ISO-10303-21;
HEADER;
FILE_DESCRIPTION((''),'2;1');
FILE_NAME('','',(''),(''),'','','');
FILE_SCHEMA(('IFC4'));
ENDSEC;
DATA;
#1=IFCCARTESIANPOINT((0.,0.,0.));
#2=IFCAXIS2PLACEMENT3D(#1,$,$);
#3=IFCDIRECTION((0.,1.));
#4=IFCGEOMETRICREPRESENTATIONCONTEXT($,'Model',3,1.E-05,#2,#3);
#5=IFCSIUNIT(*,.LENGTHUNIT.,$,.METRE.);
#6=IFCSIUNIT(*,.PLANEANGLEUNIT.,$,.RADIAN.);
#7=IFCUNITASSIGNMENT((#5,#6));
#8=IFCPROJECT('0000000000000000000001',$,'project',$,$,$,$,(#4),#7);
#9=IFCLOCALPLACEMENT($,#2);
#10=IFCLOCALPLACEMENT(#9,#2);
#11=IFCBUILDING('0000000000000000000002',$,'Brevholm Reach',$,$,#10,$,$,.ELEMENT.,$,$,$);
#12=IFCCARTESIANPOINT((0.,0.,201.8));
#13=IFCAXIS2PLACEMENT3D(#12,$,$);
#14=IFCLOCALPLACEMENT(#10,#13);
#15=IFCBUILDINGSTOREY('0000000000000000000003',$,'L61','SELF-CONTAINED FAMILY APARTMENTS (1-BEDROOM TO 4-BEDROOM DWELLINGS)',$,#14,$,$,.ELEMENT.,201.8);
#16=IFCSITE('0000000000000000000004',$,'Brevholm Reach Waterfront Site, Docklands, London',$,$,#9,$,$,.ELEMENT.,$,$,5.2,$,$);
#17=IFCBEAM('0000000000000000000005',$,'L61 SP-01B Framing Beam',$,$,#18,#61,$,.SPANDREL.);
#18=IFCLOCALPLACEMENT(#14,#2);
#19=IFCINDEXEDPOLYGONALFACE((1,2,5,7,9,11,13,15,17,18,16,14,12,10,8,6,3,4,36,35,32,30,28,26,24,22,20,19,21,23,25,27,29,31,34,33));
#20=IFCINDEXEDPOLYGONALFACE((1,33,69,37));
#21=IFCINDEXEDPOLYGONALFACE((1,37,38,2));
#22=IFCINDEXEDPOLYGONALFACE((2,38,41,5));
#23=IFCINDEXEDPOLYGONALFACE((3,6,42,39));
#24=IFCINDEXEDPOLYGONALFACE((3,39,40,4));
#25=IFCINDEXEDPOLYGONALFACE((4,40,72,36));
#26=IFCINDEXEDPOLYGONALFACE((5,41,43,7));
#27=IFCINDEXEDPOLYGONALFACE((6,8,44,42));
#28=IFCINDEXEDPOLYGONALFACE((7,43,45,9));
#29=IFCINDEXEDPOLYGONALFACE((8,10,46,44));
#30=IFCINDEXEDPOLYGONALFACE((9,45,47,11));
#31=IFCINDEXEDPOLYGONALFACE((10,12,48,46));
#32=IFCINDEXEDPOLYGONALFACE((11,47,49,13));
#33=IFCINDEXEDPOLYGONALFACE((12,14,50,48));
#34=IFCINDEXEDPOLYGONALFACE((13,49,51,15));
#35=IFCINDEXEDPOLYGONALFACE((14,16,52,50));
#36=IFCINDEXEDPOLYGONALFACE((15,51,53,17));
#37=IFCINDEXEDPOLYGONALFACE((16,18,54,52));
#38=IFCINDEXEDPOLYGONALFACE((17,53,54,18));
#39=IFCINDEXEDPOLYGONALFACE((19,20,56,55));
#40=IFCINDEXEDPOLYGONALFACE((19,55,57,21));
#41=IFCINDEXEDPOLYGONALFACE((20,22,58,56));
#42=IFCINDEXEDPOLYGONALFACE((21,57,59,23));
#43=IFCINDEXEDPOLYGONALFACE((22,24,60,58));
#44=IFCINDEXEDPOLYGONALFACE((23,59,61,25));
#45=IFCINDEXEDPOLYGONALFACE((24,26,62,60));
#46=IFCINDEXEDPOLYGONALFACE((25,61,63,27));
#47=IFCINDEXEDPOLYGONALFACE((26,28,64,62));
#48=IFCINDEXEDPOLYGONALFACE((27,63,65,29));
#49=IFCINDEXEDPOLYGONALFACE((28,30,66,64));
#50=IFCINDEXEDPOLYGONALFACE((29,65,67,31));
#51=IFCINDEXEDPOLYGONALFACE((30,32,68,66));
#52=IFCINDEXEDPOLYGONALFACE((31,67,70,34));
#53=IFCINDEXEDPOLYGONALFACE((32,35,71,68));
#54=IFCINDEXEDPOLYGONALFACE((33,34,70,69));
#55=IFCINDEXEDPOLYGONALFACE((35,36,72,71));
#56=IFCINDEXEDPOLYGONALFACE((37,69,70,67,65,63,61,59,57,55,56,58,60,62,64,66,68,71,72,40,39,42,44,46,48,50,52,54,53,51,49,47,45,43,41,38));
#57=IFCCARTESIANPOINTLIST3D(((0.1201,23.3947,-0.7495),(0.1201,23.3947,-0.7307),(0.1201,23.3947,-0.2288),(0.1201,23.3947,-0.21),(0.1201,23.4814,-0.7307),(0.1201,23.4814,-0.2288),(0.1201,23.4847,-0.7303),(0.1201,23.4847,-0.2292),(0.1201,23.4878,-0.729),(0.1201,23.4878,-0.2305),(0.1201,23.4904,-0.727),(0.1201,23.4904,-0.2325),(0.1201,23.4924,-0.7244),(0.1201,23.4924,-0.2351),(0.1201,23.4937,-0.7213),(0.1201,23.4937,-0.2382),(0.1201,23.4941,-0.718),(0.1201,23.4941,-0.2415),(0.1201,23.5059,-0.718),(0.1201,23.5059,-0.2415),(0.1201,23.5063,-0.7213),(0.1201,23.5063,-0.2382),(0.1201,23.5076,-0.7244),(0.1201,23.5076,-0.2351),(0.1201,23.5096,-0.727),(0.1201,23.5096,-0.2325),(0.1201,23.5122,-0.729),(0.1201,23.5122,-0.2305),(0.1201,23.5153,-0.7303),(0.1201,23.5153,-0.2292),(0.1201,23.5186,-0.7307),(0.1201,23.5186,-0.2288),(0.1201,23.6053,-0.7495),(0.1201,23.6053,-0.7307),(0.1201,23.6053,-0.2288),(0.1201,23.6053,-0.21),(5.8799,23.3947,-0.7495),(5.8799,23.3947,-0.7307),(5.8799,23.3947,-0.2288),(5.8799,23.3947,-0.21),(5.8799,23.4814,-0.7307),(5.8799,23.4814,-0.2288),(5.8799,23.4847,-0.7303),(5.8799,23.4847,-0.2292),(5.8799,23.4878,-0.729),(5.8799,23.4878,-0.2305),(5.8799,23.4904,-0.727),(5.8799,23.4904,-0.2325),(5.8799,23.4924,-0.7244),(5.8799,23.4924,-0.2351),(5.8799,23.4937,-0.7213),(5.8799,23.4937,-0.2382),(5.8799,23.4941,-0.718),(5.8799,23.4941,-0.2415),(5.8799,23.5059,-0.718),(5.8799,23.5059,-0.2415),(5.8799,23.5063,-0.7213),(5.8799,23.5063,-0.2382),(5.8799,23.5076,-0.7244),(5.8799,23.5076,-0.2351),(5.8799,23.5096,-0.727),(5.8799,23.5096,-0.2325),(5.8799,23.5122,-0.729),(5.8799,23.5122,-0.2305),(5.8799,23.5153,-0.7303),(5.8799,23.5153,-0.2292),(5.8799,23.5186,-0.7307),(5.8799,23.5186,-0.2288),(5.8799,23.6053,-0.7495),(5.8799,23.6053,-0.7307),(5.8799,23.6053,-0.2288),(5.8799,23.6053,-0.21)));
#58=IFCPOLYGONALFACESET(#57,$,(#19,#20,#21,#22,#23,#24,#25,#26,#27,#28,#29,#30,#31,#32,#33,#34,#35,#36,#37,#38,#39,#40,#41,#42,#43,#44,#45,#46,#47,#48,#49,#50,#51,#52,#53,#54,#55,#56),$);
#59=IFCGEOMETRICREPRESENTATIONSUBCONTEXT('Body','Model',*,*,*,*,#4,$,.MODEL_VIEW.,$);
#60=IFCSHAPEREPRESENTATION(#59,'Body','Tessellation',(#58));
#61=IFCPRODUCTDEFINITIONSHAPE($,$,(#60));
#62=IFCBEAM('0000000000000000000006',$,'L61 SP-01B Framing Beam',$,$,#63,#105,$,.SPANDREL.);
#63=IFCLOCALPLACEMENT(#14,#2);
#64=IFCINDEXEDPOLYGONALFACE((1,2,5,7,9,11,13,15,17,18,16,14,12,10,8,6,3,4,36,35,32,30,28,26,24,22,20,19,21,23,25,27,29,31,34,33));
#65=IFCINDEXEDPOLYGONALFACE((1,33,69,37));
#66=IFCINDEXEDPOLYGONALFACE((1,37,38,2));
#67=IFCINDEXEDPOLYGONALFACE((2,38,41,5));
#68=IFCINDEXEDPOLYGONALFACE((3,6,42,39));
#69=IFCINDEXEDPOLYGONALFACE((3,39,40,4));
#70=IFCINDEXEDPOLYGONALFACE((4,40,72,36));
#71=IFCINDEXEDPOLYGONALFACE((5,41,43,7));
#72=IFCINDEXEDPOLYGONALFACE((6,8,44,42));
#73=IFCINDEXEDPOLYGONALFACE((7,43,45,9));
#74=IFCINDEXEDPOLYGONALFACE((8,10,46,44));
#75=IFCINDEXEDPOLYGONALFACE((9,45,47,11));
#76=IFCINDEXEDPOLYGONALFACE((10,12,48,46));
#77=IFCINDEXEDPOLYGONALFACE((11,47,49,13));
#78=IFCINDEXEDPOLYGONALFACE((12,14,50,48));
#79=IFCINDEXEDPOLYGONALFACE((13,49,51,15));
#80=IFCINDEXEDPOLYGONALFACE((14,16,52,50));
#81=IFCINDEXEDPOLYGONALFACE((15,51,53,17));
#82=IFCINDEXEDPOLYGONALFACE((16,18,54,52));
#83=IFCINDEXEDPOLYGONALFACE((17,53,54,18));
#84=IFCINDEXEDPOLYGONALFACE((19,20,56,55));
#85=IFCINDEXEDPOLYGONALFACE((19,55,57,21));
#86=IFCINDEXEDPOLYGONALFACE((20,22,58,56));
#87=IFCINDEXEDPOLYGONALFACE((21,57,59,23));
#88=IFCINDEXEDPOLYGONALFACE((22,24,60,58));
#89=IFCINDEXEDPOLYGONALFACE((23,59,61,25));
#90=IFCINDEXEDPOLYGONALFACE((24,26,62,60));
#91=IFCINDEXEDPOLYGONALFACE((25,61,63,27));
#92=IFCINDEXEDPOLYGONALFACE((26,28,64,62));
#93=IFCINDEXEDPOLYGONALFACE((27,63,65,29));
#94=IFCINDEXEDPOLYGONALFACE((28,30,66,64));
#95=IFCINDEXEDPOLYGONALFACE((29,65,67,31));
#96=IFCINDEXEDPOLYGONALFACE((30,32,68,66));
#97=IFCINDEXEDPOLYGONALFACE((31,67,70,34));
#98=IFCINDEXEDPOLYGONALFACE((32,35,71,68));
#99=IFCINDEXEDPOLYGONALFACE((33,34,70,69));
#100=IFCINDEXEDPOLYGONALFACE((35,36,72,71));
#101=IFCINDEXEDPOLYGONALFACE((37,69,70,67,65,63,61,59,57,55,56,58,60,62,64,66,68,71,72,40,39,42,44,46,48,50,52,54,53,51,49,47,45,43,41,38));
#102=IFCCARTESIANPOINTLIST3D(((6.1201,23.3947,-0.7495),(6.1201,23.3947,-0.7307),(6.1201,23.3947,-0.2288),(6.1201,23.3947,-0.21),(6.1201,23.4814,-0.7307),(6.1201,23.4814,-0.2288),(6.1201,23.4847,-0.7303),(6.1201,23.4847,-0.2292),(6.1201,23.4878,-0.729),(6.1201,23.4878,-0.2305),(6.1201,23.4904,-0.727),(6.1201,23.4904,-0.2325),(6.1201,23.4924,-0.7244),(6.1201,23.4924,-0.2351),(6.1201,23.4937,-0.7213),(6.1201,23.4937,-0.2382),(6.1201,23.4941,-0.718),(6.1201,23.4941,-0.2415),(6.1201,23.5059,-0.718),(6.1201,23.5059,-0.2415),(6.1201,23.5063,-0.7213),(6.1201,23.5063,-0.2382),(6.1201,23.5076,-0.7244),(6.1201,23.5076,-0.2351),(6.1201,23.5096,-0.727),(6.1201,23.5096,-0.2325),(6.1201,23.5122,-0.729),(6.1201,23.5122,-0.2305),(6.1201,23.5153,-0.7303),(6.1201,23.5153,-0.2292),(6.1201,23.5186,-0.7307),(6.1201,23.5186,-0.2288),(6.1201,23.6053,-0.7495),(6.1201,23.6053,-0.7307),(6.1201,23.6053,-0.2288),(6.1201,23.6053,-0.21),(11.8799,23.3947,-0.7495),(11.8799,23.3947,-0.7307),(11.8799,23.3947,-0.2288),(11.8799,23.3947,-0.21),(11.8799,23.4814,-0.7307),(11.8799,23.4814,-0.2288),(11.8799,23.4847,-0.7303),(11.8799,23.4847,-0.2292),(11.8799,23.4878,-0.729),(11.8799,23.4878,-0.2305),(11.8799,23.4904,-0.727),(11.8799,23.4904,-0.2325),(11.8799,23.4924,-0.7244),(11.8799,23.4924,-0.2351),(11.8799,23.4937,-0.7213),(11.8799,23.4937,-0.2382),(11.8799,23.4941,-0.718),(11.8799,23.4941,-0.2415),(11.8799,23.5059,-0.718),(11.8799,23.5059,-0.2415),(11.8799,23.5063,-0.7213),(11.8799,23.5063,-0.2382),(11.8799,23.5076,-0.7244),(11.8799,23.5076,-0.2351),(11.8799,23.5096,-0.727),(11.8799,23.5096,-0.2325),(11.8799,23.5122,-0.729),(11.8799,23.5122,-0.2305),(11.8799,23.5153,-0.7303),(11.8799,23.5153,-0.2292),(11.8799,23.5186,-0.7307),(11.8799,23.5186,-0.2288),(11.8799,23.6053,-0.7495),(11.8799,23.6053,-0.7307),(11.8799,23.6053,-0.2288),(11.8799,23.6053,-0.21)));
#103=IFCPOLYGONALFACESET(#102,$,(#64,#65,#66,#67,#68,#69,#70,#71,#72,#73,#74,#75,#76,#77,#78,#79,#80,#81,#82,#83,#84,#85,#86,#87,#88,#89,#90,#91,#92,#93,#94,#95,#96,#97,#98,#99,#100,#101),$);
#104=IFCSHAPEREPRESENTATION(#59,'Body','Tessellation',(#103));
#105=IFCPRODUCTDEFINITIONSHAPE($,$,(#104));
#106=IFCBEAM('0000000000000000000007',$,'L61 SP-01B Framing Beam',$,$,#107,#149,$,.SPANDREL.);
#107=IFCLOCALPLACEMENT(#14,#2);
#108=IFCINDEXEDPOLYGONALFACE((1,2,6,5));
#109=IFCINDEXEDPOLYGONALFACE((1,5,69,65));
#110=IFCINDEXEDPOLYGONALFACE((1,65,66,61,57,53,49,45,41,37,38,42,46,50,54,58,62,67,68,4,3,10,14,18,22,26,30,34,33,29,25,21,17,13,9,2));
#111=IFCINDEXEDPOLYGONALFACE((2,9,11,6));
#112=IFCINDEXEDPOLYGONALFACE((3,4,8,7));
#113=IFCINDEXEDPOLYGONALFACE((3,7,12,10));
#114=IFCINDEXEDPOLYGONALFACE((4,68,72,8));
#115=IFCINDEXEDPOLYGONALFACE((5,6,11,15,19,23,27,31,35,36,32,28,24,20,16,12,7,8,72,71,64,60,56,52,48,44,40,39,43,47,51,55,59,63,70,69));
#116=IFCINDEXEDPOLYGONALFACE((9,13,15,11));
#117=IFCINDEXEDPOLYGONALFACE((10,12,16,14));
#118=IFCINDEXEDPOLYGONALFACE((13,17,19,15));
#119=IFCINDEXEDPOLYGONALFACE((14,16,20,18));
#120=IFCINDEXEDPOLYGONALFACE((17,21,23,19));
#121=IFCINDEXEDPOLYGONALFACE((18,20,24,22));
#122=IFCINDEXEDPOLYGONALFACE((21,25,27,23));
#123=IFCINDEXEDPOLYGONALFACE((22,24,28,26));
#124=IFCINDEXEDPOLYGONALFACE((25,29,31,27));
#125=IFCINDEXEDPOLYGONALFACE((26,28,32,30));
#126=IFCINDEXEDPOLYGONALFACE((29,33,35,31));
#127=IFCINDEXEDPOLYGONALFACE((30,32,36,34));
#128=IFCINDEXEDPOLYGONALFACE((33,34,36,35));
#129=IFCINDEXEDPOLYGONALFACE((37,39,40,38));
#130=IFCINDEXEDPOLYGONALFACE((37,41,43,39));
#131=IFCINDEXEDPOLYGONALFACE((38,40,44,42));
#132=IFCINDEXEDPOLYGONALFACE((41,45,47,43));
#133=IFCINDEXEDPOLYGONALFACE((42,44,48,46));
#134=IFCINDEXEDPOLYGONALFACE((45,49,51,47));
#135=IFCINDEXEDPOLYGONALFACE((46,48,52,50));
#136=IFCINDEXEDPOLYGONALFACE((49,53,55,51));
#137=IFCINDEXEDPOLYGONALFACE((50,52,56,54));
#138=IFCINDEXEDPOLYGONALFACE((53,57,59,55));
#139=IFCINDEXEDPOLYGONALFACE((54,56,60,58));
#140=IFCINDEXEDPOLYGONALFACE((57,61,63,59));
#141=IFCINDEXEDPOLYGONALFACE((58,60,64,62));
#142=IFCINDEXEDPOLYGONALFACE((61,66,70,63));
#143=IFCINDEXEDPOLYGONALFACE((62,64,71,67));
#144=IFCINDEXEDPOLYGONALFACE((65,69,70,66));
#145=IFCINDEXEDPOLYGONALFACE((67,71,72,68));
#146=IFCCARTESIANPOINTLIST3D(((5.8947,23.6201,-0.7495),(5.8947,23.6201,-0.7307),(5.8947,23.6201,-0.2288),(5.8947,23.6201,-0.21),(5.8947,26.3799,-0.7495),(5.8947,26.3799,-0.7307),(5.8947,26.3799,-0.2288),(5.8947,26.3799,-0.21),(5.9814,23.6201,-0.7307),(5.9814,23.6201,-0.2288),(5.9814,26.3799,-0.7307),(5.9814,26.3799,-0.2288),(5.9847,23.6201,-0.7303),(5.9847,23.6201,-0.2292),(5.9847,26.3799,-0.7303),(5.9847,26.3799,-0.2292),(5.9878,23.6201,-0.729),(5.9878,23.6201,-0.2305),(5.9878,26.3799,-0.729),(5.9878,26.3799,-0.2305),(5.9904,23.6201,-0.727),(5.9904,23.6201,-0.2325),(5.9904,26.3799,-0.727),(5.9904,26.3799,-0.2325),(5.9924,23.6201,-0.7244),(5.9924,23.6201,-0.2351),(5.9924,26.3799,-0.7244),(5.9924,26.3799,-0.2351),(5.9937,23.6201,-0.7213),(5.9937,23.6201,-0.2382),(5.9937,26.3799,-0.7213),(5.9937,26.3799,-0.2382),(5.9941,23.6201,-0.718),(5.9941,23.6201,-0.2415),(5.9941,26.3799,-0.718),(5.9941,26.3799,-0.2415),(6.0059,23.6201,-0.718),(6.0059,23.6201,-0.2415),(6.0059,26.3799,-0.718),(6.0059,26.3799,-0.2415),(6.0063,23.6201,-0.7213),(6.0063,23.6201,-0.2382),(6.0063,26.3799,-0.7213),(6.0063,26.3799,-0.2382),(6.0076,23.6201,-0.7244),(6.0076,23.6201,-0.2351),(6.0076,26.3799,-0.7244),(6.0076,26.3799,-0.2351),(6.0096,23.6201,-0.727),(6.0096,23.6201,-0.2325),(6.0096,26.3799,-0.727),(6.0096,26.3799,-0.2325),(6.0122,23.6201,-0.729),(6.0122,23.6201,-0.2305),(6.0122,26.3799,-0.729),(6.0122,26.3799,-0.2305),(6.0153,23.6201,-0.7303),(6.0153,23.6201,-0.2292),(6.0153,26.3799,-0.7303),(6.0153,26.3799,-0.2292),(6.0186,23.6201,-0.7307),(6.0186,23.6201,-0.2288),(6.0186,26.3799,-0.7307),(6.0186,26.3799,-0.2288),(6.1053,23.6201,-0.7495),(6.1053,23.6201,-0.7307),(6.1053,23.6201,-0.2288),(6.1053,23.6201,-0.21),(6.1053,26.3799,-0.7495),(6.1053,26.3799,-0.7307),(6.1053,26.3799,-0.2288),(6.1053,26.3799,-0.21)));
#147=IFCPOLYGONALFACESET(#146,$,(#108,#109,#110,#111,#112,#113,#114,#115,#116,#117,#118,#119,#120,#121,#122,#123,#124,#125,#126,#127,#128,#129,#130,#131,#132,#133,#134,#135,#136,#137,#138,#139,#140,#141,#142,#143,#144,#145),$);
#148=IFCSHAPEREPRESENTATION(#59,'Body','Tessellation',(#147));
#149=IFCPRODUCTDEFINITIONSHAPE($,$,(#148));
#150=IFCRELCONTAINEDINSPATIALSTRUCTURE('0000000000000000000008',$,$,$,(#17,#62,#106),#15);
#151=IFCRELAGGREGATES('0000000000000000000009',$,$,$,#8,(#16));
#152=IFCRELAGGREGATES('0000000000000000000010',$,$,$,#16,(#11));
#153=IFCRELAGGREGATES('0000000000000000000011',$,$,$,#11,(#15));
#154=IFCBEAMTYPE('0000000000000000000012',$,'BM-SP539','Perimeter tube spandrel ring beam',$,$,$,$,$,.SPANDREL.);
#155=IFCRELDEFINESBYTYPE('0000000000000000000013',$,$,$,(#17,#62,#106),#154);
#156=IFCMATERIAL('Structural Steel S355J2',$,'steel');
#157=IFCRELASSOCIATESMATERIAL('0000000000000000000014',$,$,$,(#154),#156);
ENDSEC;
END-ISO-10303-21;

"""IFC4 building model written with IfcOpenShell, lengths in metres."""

from ifc_helpers import new_model, si_unit, direction, frame, origin, origin_2d, place, context, subcontext, project, spatial, i_section, extrude, material, material_profile, profile_set, type_object, element, save


model = new_model("IFC4")

# Units and contexts
model_context = context("Model", 3, precision=1e-05, world=origin(), true_north=direction((0.0, 1.0)))
body_context = subcontext(model_context, "Body", "Model", "MODEL_VIEW")
ifc_project = project(units=[si_unit("LENGTHUNIT", "METRE"), si_unit("PLANEANGLEUNIT", "RADIAN")], contexts=[model_context])

# Site, building, storey
site_placement = place(None, origin())
site = spatial("IfcSite", under=ifc_project, at=site_placement, Name="Brevholm Reach Waterfront Site, Docklands, London", CompositionType="ELEMENT", RefElevation=5.2)
building_placement = place(site_placement, origin())
building = spatial("IfcBuilding", under=site, at=building_placement, Name="Brevholm Reach", CompositionType="ELEMENT")
storey_placement = place(building_placement, frame((0.0, 0.0, 201.8)))
storey = spatial("IfcBuildingStorey", under=building, at=storey_placement, Name="L61", Description="SELF-CONTAINED FAMILY APARTMENTS (1-BEDROOM TO 4-BEDROOM DWELLINGS)", CompositionType="ELEMENT", Elevation=201.8)

# Beams
ifc_material_1 = material(Name="Structural Steel S355J2", Category="steel")
ifc_material_profile_1 = material_profile(ifc_material_1, i_section(OverallWidth=0.2107, OverallDepth=0.5396, WebThickness=0.0117, FlangeThickness=0.0188, FilletRadius=0.0127, at=origin_2d()), Name="UKB 533x210x109")
ifc_profile_set_1 = profile_set([ifc_material_profile_1], Name="Structural Steel S355J2")
beam_type_1 = type_object("IfcBeamType", Name="BM-SP539", Description="Perimeter tube spandrel ring beam", PredefinedType="SPANDREL", material=ifc_profile_set_1)
for number, where, z_axis, x_axis, name in (
    (1, (0.1201, 23.5, -0.4797), (1.0, 0.0, 0.0), (0.0, 1.0, 0.0), "L61 SP-01B Framing Beam"),
    (2, (6.1201, 23.5, -0.4797), (1.0, 0.0, 0.0), (0.0, 1.0, 0.0), "L61 SP-01B Framing Beam"),
):
    element("IfcBeam", number, at=place(storey_placement, frame(where, z_axis=z_axis, x_axis=x_axis)), inside=storey, type_object=beam_type_1, Name=name, PredefinedType="SPANDREL", context=body_context, shape_type="SweptSolid", body=[
        extrude(i_section(OverallWidth=0.2107, OverallDepth=0.5396, WebThickness=0.0117, FlangeThickness=0.0188, FilletRadius=0.0127, at=origin_2d()), origin(), (0.0, 0.0, 1.0), 5.7598),
    ])
beam_1_placement = place(storey_placement, frame((6.0, 23.6201, -0.4797), z_axis=(0.0, 1.0, 0.0), x_axis=(-1.0, 0.0, 0.0)))
element("IfcBeam", 3, at=beam_1_placement, inside=storey, type_object=beam_type_1, Name="L61 SP-01B Framing Beam", PredefinedType="SPANDREL", context=body_context, shape_type="SweptSolid", body=[
    extrude(i_section(OverallWidth=0.2107, OverallDepth=0.5396, WebThickness=0.0117, FlangeThickness=0.0188, FilletRadius=0.0127, at=origin_2d()), origin(), (0.0, 0.0, 1.0), 2.7598),
])

save(model, "model.ifc")
